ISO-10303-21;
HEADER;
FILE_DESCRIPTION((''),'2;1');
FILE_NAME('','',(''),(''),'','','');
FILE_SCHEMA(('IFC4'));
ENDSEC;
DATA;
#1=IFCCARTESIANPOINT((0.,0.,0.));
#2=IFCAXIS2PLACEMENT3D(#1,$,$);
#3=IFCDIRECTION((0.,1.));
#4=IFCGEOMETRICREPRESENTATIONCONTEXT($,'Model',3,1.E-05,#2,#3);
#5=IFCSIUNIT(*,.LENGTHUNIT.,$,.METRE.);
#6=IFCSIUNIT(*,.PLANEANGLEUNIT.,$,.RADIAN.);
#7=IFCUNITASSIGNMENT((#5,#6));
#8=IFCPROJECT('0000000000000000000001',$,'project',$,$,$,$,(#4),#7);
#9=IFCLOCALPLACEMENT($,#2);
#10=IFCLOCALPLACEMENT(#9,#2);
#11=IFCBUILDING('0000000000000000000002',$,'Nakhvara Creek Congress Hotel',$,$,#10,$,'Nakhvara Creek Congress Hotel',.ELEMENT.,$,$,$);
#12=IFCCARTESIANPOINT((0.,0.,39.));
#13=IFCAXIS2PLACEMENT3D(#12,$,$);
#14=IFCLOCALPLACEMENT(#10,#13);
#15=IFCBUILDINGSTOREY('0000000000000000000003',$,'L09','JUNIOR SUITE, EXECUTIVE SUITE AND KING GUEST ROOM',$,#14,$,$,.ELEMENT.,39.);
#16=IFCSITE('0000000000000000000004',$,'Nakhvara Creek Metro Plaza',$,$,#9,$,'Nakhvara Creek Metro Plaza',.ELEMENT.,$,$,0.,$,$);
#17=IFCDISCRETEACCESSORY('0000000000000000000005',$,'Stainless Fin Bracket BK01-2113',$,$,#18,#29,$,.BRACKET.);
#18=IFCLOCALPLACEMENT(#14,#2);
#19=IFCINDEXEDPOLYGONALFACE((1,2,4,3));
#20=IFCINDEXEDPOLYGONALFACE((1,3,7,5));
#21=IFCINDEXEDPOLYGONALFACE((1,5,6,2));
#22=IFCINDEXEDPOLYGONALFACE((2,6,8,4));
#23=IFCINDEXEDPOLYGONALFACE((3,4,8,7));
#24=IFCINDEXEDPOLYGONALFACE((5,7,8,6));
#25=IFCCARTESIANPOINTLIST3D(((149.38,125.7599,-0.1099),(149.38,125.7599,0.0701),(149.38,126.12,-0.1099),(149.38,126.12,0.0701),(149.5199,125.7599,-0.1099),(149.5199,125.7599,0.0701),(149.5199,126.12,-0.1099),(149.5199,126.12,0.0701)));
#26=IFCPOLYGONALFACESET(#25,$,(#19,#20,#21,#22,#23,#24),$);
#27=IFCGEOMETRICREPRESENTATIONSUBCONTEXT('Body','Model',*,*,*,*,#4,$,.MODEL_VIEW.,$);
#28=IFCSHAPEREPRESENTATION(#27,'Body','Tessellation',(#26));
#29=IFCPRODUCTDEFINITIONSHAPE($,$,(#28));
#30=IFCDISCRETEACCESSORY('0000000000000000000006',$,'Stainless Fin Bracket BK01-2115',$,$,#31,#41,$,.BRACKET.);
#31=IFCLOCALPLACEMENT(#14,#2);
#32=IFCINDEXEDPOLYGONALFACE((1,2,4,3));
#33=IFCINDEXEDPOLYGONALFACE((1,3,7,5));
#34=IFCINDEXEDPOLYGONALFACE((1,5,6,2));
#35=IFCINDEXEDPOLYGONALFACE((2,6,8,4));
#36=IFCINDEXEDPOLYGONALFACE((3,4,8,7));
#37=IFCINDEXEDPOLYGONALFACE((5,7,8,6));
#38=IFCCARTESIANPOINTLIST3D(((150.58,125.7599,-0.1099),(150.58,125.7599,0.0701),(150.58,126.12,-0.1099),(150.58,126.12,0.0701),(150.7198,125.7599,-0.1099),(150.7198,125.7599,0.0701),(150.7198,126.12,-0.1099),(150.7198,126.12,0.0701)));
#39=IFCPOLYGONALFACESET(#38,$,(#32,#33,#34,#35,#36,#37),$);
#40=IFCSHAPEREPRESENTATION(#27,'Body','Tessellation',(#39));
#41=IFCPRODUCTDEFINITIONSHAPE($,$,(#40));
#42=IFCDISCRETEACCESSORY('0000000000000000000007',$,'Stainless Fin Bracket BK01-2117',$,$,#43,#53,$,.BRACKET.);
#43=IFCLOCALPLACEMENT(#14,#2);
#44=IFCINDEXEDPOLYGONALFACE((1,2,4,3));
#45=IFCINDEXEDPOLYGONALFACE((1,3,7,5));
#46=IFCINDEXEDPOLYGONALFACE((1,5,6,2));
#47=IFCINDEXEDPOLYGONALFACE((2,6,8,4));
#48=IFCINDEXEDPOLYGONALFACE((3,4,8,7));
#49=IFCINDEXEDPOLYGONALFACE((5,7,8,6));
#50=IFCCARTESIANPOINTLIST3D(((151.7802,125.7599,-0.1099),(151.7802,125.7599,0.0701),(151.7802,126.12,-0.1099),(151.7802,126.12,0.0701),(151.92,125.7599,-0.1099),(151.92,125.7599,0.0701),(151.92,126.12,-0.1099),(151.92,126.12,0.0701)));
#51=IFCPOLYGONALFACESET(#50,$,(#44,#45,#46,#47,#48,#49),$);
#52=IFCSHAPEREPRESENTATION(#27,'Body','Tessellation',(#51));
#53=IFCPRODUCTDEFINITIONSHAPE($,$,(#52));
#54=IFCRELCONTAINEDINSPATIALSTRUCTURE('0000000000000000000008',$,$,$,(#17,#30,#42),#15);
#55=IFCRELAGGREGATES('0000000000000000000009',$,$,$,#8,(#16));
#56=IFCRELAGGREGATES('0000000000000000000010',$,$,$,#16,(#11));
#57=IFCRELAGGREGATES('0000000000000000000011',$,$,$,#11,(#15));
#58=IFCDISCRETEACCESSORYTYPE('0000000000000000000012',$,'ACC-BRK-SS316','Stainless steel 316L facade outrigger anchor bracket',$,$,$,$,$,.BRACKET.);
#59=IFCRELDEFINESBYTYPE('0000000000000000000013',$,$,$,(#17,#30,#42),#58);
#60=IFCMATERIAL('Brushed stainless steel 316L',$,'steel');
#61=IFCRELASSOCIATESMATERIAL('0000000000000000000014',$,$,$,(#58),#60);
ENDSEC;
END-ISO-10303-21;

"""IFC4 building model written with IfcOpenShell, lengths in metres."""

from ifc_helpers import new_model, si_unit, direction, frame, origin, origin_2d, place, context, subcontext, project, spatial, rectangle, extrude, material, type_object, element, save


model = new_model("IFC4")

# Units and contexts
model_context = context("Model", 3, precision=1e-05, world=origin(), true_north=direction((0.0, 1.0)))
body_context = subcontext(model_context, "Body", "Model", "MODEL_VIEW")
ifc_project = project(units=[si_unit("LENGTHUNIT", "METRE"), si_unit("PLANEANGLEUNIT", "RADIAN")], contexts=[model_context])

# Site, building, storey
site_placement = place(None, origin())
site = spatial("IfcSite", under=ifc_project, at=site_placement, Name="Nakhvara Creek Metro Plaza", LongName="Nakhvara Creek Metro Plaza", CompositionType="ELEMENT", RefElevation=0.0)
building_placement = place(site_placement, origin())
building = spatial("IfcBuilding", under=site, at=building_placement, Name="Nakhvara Creek Congress Hotel", LongName="Nakhvara Creek Congress Hotel", CompositionType="ELEMENT")
storey_placement = place(building_placement, frame((0.0, 0.0, 39.0)))
storey = spatial("IfcBuildingStorey", under=building, at=storey_placement, Name="L09", Description="JUNIOR SUITE, EXECUTIVE SUITE AND KING GUEST ROOM", CompositionType="ELEMENT", Elevation=39.0)

# Discrete accessories
ifc_material_1 = material(Name="Brushed stainless steel 316L", Category="steel")
discrete_accessory_type = type_object("IfcDiscreteAccessoryType", Name="ACC-BRK-SS316", Description="Stainless steel 316L facade outrigger anchor bracket", PredefinedType="BRACKET", material=ifc_material_1)
for number, where, z_axis, x_axis, name in (
    (1, (149.45, 125.9399, -0.1099), (0.0, 0.0, 1.0), (1.0, 0.0, 0.0), "Stainless Fin Bracket BK01-2113"),
    (2, (150.6499, 125.9399, -0.1099), (0.0, 0.0, 1.0), (1.0, 0.0, 0.0), "Stainless Fin Bracket BK01-2115"),
    (3, (151.8501, 125.9399, -0.1099), (0.0, 0.0, 1.0), (1.0, 0.0, 0.0), "Stainless Fin Bracket BK01-2117"),
):
    element("IfcDiscreteAccessory", number, at=place(storey_placement, frame(where, z_axis=z_axis, x_axis=x_axis)), inside=storey, type_object=discrete_accessory_type, Name=name, PredefinedType="BRACKET", context=body_context, shape_type="SweptSolid", body=[
        extrude(rectangle(XDim=0.1399, YDim=0.3601, at=origin_2d()), origin(), (0.0, 0.0, 1.0), 0.1799),
    ])

save(model, "model.ifc")
